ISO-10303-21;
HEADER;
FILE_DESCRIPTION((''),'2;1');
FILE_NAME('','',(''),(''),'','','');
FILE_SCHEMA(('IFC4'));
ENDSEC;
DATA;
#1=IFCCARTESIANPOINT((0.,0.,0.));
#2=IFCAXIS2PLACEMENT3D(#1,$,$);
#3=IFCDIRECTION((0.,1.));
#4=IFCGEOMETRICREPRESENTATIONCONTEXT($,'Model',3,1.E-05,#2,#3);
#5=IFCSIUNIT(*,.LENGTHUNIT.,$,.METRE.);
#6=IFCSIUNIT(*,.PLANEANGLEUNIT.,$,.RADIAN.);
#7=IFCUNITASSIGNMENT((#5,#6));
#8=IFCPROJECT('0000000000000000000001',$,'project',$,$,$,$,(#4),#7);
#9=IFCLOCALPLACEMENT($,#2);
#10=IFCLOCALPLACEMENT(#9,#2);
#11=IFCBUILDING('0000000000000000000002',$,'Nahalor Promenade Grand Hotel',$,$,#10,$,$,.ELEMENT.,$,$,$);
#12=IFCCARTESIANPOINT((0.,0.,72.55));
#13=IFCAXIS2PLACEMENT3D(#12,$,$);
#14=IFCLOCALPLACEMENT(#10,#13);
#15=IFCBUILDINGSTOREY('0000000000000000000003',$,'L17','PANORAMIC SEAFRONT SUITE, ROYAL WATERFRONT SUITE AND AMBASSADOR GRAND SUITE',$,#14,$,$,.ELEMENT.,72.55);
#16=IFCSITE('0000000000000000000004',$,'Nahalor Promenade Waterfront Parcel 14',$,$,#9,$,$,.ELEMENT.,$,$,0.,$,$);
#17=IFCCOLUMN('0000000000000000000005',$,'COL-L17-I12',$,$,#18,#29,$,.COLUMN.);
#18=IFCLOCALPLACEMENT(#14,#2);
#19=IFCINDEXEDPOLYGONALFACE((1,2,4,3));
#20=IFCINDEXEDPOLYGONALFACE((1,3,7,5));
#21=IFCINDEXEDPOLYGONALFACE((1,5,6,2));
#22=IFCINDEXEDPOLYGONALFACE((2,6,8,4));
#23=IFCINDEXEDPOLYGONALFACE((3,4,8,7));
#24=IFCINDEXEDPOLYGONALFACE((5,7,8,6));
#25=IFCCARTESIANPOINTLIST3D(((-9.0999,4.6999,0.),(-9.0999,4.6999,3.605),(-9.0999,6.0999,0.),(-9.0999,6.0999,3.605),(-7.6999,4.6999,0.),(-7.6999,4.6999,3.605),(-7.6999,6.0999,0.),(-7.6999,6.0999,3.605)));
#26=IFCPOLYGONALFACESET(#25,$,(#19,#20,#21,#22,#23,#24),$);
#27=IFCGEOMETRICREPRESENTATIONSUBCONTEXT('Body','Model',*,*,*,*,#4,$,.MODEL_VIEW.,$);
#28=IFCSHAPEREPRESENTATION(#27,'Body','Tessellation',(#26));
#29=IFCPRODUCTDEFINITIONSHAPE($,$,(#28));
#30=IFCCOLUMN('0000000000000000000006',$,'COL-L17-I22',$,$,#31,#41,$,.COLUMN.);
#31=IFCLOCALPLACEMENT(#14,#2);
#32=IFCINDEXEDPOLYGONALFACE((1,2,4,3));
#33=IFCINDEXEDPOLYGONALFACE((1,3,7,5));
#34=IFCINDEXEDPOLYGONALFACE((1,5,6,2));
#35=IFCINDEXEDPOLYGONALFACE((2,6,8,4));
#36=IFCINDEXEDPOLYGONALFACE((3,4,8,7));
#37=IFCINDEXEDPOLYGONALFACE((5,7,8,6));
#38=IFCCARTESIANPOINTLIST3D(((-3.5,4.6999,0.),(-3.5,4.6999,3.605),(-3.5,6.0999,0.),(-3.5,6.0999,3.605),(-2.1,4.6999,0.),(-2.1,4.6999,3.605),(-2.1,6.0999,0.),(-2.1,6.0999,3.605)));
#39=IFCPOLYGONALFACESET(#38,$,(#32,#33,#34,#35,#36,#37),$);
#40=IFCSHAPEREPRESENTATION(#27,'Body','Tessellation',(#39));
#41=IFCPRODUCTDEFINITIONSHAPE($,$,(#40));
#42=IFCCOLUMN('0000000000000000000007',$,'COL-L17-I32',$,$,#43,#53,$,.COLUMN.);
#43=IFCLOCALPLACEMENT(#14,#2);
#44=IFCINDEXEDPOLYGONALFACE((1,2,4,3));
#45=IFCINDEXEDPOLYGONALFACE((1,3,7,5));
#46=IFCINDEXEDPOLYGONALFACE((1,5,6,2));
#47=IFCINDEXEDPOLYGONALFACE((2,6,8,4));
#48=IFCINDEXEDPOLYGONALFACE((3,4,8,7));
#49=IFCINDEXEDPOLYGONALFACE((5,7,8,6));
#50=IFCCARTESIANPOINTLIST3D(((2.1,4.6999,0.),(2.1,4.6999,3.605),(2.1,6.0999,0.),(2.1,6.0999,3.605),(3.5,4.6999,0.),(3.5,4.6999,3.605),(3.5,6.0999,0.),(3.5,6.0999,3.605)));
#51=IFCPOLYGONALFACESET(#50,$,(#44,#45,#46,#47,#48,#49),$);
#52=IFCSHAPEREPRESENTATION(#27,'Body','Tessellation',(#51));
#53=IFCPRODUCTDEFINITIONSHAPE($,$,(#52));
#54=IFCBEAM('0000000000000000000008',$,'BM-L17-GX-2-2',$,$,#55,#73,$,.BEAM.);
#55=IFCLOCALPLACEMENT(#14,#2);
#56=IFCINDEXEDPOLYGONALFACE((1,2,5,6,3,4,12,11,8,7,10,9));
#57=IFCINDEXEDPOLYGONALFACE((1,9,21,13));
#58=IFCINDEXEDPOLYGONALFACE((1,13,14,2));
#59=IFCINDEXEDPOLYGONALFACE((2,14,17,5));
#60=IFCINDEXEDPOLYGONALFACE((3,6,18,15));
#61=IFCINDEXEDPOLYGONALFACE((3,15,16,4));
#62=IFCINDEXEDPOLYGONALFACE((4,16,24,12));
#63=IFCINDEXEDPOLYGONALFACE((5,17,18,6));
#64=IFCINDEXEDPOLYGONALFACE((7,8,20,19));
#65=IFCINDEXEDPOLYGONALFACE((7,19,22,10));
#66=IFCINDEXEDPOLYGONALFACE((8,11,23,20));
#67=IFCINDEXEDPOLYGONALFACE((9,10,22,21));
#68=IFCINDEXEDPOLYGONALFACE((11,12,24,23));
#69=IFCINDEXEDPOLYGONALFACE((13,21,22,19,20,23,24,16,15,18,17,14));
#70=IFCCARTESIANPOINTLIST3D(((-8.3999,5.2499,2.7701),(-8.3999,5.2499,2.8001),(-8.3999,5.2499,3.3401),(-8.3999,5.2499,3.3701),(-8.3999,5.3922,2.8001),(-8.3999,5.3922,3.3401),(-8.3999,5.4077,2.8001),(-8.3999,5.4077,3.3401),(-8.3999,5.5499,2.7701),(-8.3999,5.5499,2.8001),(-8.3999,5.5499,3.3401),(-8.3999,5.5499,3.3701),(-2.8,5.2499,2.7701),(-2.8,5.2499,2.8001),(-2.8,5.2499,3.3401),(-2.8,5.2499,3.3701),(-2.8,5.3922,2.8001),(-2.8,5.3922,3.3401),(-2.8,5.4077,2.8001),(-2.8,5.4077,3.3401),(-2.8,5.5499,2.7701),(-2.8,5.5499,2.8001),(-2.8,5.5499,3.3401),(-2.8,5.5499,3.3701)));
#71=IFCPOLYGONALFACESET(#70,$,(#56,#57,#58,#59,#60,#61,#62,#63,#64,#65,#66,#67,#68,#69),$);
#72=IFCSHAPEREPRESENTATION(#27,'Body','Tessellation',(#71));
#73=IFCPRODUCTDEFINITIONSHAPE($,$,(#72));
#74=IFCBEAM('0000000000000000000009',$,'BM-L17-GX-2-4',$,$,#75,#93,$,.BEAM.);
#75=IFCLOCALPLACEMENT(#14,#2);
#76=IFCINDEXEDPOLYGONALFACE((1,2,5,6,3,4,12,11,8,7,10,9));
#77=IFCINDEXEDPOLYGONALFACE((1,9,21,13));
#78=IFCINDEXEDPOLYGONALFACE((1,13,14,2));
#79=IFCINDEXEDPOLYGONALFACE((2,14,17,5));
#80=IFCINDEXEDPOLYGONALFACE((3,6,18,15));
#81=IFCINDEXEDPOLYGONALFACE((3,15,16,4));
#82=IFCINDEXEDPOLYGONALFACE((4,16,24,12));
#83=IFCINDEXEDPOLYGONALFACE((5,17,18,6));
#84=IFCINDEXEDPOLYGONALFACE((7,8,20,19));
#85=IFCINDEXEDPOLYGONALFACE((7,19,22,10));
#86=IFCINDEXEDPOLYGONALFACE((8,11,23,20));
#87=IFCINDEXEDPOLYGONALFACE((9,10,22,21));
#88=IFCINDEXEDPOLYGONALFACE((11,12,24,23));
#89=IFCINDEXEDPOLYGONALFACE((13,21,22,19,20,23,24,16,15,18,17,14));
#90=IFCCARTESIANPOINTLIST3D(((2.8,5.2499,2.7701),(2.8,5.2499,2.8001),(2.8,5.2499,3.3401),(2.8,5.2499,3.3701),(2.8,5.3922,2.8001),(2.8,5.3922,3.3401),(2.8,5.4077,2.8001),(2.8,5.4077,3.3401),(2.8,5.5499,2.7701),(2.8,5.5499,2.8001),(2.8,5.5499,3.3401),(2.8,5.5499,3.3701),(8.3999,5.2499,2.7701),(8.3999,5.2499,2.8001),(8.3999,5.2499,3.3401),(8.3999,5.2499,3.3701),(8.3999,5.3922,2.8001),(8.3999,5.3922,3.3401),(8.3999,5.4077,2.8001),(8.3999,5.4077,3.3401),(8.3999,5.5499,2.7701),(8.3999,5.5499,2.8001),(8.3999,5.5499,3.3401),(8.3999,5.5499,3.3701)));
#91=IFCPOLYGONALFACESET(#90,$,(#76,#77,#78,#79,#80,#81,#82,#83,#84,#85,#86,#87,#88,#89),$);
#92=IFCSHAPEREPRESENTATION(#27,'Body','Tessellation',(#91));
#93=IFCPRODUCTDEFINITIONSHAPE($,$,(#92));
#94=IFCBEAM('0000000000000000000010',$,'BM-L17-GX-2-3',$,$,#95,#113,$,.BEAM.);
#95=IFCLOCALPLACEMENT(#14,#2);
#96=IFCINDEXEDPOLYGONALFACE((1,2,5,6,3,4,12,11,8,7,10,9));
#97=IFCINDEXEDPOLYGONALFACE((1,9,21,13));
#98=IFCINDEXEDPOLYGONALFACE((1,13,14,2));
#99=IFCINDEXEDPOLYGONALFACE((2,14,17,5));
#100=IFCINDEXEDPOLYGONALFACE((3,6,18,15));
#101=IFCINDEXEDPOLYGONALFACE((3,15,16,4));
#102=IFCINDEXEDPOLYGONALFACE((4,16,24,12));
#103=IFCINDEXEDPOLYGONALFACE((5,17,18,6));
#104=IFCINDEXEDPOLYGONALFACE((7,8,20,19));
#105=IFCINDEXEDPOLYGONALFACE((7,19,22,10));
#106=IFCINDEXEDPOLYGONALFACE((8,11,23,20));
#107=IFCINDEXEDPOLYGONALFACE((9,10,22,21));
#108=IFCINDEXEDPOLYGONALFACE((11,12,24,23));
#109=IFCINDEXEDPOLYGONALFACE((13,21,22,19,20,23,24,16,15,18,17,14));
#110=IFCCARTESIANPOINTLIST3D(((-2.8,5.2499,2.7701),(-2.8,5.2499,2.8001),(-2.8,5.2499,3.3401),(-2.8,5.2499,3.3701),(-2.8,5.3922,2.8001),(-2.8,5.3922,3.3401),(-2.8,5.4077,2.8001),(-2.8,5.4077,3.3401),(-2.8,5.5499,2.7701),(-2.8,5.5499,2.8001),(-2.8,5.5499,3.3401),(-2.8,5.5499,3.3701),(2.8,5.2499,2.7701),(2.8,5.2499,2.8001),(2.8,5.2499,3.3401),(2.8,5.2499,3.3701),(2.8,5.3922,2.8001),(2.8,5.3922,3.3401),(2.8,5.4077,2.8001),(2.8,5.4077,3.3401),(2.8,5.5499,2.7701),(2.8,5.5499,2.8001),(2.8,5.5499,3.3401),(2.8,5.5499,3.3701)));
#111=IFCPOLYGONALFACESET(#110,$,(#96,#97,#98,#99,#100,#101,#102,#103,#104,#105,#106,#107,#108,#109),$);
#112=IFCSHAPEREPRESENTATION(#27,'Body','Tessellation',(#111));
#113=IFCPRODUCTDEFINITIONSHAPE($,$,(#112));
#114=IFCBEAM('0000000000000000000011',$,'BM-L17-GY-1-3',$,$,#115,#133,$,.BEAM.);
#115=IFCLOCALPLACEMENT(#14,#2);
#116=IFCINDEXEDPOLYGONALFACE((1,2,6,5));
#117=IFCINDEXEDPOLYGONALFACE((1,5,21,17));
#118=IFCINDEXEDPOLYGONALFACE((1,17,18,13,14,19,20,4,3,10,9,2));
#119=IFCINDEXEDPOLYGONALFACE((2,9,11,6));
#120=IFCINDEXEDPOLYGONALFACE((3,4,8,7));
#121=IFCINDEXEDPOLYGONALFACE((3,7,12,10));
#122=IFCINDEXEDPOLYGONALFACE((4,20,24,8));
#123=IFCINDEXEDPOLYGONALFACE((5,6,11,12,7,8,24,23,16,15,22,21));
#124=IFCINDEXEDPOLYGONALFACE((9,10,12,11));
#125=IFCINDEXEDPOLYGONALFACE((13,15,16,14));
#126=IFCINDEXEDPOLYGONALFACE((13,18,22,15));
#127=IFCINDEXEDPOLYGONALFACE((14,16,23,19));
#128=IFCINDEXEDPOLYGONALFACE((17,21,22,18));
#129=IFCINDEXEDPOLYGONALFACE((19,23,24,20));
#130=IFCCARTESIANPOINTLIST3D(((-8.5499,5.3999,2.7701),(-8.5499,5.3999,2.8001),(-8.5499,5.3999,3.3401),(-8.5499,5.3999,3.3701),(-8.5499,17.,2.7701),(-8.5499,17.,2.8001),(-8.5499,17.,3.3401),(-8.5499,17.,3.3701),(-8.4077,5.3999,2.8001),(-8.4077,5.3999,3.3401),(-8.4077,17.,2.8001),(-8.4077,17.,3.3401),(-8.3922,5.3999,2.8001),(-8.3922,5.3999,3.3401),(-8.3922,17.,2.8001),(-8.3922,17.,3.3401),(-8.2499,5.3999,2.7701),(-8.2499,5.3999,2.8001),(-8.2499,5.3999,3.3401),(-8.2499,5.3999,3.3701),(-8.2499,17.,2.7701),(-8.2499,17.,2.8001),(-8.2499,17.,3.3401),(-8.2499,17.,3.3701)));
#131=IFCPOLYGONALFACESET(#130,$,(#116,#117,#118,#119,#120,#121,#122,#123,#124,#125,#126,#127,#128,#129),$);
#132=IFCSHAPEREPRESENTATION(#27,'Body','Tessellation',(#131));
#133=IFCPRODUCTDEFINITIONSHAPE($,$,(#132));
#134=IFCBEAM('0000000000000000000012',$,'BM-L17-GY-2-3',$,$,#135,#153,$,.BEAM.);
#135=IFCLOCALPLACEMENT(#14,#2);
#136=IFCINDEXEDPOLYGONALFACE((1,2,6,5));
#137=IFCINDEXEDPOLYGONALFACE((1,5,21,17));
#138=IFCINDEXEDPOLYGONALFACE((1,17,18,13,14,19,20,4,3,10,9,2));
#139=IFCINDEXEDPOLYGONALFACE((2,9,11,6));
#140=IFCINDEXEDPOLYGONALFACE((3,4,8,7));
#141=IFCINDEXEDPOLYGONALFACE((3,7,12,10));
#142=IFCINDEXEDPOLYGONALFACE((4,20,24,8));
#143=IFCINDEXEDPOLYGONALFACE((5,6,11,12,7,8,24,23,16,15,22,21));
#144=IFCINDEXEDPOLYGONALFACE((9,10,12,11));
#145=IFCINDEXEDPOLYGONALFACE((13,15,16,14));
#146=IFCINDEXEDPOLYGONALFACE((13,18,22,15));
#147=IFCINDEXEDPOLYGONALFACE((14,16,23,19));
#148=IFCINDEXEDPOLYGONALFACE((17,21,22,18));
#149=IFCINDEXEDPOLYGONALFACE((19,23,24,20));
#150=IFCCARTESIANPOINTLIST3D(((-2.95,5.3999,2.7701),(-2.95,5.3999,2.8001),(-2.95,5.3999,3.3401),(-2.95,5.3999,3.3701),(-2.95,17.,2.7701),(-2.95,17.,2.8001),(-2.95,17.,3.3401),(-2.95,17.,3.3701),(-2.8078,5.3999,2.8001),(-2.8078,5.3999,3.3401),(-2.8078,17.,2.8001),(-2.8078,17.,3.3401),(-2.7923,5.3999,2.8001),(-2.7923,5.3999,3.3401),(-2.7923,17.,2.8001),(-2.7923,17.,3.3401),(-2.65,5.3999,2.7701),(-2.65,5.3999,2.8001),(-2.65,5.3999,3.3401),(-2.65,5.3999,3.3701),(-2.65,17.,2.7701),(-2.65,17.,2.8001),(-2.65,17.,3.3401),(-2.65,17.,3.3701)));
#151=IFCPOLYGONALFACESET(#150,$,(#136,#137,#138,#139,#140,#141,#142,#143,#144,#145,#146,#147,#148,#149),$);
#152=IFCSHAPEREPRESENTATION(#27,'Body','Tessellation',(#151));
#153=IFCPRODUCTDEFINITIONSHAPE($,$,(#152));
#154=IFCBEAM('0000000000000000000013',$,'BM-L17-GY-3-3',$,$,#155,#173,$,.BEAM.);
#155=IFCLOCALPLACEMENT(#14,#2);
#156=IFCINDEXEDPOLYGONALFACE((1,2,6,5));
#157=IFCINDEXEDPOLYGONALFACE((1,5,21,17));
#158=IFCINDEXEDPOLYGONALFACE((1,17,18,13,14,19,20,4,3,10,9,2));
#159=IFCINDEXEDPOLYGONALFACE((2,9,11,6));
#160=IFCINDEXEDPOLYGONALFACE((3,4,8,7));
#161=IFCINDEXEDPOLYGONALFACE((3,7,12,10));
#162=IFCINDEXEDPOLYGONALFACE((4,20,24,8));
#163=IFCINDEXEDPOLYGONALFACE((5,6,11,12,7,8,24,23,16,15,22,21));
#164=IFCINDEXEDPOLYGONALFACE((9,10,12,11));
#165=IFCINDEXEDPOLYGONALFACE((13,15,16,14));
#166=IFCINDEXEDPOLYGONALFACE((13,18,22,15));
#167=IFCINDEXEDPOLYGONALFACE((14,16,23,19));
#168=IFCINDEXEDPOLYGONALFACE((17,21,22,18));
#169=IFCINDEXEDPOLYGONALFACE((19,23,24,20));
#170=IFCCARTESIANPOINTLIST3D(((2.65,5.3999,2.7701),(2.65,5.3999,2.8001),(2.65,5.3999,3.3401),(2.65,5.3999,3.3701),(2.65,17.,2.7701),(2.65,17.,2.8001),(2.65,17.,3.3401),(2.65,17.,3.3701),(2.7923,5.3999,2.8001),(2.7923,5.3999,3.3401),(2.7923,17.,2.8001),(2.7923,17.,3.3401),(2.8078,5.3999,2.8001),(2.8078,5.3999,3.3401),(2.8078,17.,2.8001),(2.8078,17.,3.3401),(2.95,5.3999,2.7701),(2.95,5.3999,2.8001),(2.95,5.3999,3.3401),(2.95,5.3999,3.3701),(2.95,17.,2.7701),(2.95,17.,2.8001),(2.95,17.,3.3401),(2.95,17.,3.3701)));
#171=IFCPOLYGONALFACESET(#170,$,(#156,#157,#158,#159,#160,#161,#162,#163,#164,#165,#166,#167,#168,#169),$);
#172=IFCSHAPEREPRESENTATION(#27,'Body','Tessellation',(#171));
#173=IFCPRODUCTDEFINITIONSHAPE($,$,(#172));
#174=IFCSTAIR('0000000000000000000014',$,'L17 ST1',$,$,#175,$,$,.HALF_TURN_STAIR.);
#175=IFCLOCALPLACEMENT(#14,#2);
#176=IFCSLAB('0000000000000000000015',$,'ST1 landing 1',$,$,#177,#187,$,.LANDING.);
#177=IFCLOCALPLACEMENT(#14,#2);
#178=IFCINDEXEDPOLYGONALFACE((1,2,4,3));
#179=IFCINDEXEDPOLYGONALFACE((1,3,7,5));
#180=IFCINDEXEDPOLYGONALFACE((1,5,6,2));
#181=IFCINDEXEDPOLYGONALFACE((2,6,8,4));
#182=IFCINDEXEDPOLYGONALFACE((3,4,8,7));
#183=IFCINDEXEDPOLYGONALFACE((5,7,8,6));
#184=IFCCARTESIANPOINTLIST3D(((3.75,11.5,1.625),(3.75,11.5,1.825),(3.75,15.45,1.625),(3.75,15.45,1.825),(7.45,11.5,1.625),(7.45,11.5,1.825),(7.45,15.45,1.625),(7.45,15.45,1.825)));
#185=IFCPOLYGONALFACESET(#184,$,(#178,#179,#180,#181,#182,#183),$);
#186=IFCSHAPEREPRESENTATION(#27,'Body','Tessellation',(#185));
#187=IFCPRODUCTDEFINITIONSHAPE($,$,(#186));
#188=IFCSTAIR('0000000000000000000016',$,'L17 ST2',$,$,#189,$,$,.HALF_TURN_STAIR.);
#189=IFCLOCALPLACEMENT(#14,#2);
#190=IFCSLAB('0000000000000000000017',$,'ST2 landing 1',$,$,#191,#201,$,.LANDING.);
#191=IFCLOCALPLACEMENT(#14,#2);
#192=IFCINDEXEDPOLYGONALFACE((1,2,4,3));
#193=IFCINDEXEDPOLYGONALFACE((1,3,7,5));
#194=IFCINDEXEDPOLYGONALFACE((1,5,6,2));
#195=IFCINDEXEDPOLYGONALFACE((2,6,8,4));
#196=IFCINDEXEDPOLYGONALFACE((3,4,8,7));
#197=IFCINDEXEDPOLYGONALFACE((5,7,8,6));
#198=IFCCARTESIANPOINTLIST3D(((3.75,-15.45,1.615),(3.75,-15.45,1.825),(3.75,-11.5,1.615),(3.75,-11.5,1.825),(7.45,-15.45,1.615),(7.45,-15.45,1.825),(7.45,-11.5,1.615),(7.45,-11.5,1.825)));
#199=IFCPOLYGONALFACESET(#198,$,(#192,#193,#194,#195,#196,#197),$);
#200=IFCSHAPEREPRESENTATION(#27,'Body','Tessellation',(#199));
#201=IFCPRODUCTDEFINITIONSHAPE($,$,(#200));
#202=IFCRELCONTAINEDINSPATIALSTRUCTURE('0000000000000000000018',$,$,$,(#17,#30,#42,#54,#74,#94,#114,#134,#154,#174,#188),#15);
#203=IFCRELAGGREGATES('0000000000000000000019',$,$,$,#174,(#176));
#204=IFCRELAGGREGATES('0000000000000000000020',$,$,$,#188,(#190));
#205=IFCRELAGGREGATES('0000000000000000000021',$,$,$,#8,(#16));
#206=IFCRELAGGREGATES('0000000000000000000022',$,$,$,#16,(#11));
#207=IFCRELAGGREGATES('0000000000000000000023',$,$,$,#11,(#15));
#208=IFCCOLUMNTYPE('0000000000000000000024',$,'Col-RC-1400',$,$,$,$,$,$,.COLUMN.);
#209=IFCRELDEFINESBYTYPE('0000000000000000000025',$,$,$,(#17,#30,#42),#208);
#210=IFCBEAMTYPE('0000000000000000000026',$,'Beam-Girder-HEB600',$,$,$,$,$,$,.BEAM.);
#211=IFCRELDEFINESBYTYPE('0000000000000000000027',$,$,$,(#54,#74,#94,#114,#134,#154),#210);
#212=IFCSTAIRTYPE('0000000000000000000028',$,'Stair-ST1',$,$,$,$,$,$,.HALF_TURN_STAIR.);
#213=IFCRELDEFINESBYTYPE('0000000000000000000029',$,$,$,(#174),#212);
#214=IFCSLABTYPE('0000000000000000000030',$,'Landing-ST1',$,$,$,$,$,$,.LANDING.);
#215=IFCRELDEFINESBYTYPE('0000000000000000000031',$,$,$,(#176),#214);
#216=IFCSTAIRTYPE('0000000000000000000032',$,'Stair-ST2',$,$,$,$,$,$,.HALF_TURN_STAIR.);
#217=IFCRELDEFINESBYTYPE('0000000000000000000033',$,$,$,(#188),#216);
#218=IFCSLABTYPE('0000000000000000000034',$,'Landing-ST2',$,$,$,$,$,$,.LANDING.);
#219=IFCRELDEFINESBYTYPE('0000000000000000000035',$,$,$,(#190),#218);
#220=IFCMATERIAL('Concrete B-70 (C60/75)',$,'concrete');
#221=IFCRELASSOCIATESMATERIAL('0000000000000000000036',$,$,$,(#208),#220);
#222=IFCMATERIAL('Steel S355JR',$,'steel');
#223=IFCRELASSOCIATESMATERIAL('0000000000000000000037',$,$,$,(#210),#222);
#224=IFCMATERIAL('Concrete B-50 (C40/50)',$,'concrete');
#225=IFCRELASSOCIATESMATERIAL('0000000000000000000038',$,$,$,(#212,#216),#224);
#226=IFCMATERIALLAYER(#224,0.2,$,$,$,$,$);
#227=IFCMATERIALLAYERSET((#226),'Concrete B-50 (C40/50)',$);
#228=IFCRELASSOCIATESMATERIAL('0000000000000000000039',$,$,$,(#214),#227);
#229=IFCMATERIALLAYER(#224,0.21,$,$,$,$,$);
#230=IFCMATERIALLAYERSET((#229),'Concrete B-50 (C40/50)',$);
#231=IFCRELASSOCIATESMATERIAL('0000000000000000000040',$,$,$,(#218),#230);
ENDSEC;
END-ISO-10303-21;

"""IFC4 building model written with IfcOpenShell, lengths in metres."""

from ifc_helpers import new_model, si_unit, direction, frame, origin, origin_2d, place, context, subcontext, project, spatial, polyline, rectangle, i_section, outline, extrude, source, transform, mapped, material, layer, layer_set, material_profile, profile_set, type_object, element, aggregate, save


model = new_model("IFC4")

# Units and contexts
model_context = context("Model", 3, precision=1e-05, world=origin(), true_north=direction((0.0, 1.0)))
body_context = subcontext(model_context, "Body", "Model", "MODEL_VIEW")
ifc_project = project(units=[si_unit("LENGTHUNIT", "METRE"), si_unit("PLANEANGLEUNIT", "RADIAN")], contexts=[model_context])

# Site, building, storey
site_placement = place(None, origin())
site = spatial("IfcSite", under=ifc_project, at=site_placement, Name="Nahalor Promenade Waterfront Parcel 14", CompositionType="ELEMENT", RefElevation=0.0)
building_placement = place(site_placement, origin())
building = spatial("IfcBuilding", under=site, at=building_placement, Name="Nahalor Promenade Grand Hotel", CompositionType="ELEMENT")
storey_placement = place(building_placement, frame((0.0, 0.0, 72.55)))
storey = spatial("IfcBuildingStorey", under=building, at=storey_placement, Name="L17", Description="PANORAMIC SEAFRONT SUITE, ROYAL WATERFRONT SUITE AND AMBASSADOR GRAND SUITE", CompositionType="ELEMENT", Elevation=72.55)

# Columns
ifc_material_1 = material(Name="Concrete B-70 (C60/75)", Category="concrete")
ifc_material_profile_1 = material_profile(ifc_material_1, rectangle(XDim=1.4, YDim=1.4, at=origin_2d()), Name="RC 1400x1400")
ifc_profile_set_1 = profile_set([ifc_material_profile_1], Name="Concrete B-70 (C60/75)")
column_type = type_object("IfcColumnType", Name="Col-RC-1400", PredefinedType="COLUMN", material=ifc_profile_set_1)
shared_shape_1 = source(origin(), body_context, "Body", "SweptSolid", [
    extrude(rectangle(XDim=1.4, YDim=1.4, at=origin_2d()), origin(), (0.0, 0.0, 1.0), 3.605),
])
for number, where, z_axis, x_axis, name in (
    (1, (-8.3999, 5.3999, 0.0), (0.0, 0.0, 1.0), (1.0, 0.0, 0.0), "COL-L17-I12"),
    (2, (-2.8, 5.3999, 0.0), (0.0, 0.0, 1.0), (1.0, 0.0, 0.0), "COL-L17-I22"),
    (3, (2.8, 5.3999, 0.0), (0.0, 0.0, 1.0), (1.0, 0.0, 0.0), "COL-L17-I32"),
):
    element("IfcColumn", number, at=place(storey_placement, frame(where, z_axis=z_axis, x_axis=x_axis)), inside=storey, type_object=column_type, Name=name, PredefinedType="COLUMN", context=body_context, shape_type="MappedRepresentation", body=[
        mapped(shared_shape_1, transform((0.0, 0.0, 0.0), scale=1.0)),
    ])

# Beams
ifc_material_2 = material(Name="Steel S355JR", Category="steel")
ifc_material_profile_2 = material_profile(ifc_material_2, i_section(OverallWidth=0.3, OverallDepth=0.6, WebThickness=0.0155, FlangeThickness=0.03, at=origin_2d()), Name="HEB 600")
ifc_profile_set_2 = profile_set([ifc_material_profile_2], Name="Steel S355JR")
beam_type = type_object("IfcBeamType", Name="Beam-Girder-HEB600", PredefinedType="BEAM", material=ifc_profile_set_2)
shared_shape_2 = source(origin(), body_context, "Body", "SweptSolid", [
    extrude(i_section(OverallWidth=0.3, OverallDepth=0.6, WebThickness=0.0155, FlangeThickness=0.03, at=origin_2d()), origin(), (0.0, 0.0, 1.0), 5.5999),
])
for number, where, z_axis, x_axis, name in (
    (4, (-8.3999, 5.3999, 3.0701), (1.0, 0.0, 0.0), (0.0, 1.0, 0.0), "BM-L17-GX-2-2"),
    (5, (2.8, 5.3999, 3.0701), (1.0, 0.0, 0.0), (0.0, 1.0, 0.0), "BM-L17-GX-2-4"),
):
    element("IfcBeam", number, at=place(storey_placement, frame(where, z_axis=z_axis, x_axis=x_axis)), inside=storey, type_object=beam_type, Name=name, PredefinedType="BEAM", context=body_context, shape_type="MappedRepresentation", body=[
        mapped(shared_shape_2, transform((0.0, 0.0, 0.0), scale=1.0)),
    ])
shared_shape_3 = source(origin(), body_context, "Body", "SweptSolid", [
    extrude(i_section(OverallWidth=0.3, OverallDepth=0.6, WebThickness=0.0155, FlangeThickness=0.03, at=origin_2d()), origin(), (0.0, 0.0, 1.0), 5.6001),
])
beam_placement = place(storey_placement, frame((-2.8, 5.3999, 3.0701), z_axis=(1.0, 0.0, 0.0), x_axis=(0.0, 1.0, 0.0)))
element("IfcBeam", 6, at=beam_placement, inside=storey, type_object=beam_type, Name="BM-L17-GX-2-3", PredefinedType="BEAM", context=body_context, shape_type="MappedRepresentation", body=[
    mapped(shared_shape_3, transform((0.0, 0.0, 0.0), scale=1.0)),
])
shared_shape_4 = source(origin(), body_context, "Body", "SweptSolid", [
    extrude(i_section(OverallWidth=0.3, OverallDepth=0.6, WebThickness=0.0155, FlangeThickness=0.03, at=origin_2d()), origin(), (0.0, 0.0, 1.0), 11.6001),
])
for number, where, z_axis, x_axis, name in (
    (7, (-8.3999, 5.3999, 3.0701), (0.0, 1.0, 0.0), (-1.0, 0.0, 0.0), "BM-L17-GY-1-3"),
    (8, (-2.8, 5.3999, 3.0701), (0.0, 1.0, 0.0), (-1.0, 0.0, 0.0), "BM-L17-GY-2-3"),
    (9, (2.8, 5.3999, 3.0701), (0.0, 1.0, 0.0), (-1.0, 0.0, 0.0), "BM-L17-GY-3-3"),
):
    element("IfcBeam", number, at=place(storey_placement, frame(where, z_axis=z_axis, x_axis=x_axis)), inside=storey, type_object=beam_type, Name=name, PredefinedType="BEAM", context=body_context, shape_type="MappedRepresentation", body=[
        mapped(shared_shape_4, transform((0.0, 0.0, 0.0), scale=1.0)),
    ])

# Stairs, slabs
ifc_material_3 = material(Name="Concrete B-50 (C40/50)", Category="concrete")
stair_type_1 = type_object("IfcStairType", Name="Stair-ST1", PredefinedType="HALF_TURN_STAIR", material=ifc_material_3)
stair_1_placement = place(storey_placement, origin())
stair_1 = element("IfcStair", 10, at=stair_1_placement, inside=storey, type_object=stair_type_1, Name="L17 ST1", PredefinedType="HALF_TURN_STAIR")
ifc_layer_1 = layer(ifc_material_3, 0.2)
ifc_layer_set_1 = layer_set([ifc_layer_1], Name="Concrete B-50 (C40/50)")
slab_type_1 = type_object("IfcSlabType", Name="Landing-ST1", PredefinedType="LANDING", material=ifc_layer_set_1)
slab_1_placement = place(storey_placement, frame((0.0, 0.0, 1.625)))
slab_1 = element("IfcSlab", 11, at=slab_1_placement, type_object=slab_type_1, Name="ST1 landing 1", PredefinedType="LANDING", context=body_context, shape_type="SweptSolid", body=[
    extrude(outline(polyline([(7.45, 11.5), (7.45, 15.45), (3.75, 15.45), (3.75, 11.5), (7.45, 11.5)])), origin(), (0.0, 0.0, 1.0), 0.2),
])
aggregate(stair_1, [slab_1])
stair_type_2 = type_object("IfcStairType", Name="Stair-ST2", PredefinedType="HALF_TURN_STAIR", material=ifc_material_3)
stair_2_placement = place(storey_placement, origin())
stair_2 = element("IfcStair", 12, at=stair_2_placement, inside=storey, type_object=stair_type_2, Name="L17 ST2", PredefinedType="HALF_TURN_STAIR")
ifc_layer_2 = layer(ifc_material_3, 0.21)
ifc_layer_set_2 = layer_set([ifc_layer_2], Name="Concrete B-50 (C40/50)")
slab_type_2 = type_object("IfcSlabType", Name="Landing-ST2", PredefinedType="LANDING", material=ifc_layer_set_2)
slab_2_placement = place(storey_placement, frame((0.0, 0.0, 1.615)))
slab_2 = element("IfcSlab", 13, at=slab_2_placement, type_object=slab_type_2, Name="ST2 landing 1", PredefinedType="LANDING", context=body_context, shape_type="SweptSolid", body=[
    extrude(outline(polyline([(3.75, -11.5), (3.75, -15.45), (7.45, -15.45), (7.45, -11.5), (3.75, -11.5)])), origin(), (0.0, 0.0, 1.0), 0.21),
])
aggregate(stair_2, [slab_2])

save(model, "model.ifc")
